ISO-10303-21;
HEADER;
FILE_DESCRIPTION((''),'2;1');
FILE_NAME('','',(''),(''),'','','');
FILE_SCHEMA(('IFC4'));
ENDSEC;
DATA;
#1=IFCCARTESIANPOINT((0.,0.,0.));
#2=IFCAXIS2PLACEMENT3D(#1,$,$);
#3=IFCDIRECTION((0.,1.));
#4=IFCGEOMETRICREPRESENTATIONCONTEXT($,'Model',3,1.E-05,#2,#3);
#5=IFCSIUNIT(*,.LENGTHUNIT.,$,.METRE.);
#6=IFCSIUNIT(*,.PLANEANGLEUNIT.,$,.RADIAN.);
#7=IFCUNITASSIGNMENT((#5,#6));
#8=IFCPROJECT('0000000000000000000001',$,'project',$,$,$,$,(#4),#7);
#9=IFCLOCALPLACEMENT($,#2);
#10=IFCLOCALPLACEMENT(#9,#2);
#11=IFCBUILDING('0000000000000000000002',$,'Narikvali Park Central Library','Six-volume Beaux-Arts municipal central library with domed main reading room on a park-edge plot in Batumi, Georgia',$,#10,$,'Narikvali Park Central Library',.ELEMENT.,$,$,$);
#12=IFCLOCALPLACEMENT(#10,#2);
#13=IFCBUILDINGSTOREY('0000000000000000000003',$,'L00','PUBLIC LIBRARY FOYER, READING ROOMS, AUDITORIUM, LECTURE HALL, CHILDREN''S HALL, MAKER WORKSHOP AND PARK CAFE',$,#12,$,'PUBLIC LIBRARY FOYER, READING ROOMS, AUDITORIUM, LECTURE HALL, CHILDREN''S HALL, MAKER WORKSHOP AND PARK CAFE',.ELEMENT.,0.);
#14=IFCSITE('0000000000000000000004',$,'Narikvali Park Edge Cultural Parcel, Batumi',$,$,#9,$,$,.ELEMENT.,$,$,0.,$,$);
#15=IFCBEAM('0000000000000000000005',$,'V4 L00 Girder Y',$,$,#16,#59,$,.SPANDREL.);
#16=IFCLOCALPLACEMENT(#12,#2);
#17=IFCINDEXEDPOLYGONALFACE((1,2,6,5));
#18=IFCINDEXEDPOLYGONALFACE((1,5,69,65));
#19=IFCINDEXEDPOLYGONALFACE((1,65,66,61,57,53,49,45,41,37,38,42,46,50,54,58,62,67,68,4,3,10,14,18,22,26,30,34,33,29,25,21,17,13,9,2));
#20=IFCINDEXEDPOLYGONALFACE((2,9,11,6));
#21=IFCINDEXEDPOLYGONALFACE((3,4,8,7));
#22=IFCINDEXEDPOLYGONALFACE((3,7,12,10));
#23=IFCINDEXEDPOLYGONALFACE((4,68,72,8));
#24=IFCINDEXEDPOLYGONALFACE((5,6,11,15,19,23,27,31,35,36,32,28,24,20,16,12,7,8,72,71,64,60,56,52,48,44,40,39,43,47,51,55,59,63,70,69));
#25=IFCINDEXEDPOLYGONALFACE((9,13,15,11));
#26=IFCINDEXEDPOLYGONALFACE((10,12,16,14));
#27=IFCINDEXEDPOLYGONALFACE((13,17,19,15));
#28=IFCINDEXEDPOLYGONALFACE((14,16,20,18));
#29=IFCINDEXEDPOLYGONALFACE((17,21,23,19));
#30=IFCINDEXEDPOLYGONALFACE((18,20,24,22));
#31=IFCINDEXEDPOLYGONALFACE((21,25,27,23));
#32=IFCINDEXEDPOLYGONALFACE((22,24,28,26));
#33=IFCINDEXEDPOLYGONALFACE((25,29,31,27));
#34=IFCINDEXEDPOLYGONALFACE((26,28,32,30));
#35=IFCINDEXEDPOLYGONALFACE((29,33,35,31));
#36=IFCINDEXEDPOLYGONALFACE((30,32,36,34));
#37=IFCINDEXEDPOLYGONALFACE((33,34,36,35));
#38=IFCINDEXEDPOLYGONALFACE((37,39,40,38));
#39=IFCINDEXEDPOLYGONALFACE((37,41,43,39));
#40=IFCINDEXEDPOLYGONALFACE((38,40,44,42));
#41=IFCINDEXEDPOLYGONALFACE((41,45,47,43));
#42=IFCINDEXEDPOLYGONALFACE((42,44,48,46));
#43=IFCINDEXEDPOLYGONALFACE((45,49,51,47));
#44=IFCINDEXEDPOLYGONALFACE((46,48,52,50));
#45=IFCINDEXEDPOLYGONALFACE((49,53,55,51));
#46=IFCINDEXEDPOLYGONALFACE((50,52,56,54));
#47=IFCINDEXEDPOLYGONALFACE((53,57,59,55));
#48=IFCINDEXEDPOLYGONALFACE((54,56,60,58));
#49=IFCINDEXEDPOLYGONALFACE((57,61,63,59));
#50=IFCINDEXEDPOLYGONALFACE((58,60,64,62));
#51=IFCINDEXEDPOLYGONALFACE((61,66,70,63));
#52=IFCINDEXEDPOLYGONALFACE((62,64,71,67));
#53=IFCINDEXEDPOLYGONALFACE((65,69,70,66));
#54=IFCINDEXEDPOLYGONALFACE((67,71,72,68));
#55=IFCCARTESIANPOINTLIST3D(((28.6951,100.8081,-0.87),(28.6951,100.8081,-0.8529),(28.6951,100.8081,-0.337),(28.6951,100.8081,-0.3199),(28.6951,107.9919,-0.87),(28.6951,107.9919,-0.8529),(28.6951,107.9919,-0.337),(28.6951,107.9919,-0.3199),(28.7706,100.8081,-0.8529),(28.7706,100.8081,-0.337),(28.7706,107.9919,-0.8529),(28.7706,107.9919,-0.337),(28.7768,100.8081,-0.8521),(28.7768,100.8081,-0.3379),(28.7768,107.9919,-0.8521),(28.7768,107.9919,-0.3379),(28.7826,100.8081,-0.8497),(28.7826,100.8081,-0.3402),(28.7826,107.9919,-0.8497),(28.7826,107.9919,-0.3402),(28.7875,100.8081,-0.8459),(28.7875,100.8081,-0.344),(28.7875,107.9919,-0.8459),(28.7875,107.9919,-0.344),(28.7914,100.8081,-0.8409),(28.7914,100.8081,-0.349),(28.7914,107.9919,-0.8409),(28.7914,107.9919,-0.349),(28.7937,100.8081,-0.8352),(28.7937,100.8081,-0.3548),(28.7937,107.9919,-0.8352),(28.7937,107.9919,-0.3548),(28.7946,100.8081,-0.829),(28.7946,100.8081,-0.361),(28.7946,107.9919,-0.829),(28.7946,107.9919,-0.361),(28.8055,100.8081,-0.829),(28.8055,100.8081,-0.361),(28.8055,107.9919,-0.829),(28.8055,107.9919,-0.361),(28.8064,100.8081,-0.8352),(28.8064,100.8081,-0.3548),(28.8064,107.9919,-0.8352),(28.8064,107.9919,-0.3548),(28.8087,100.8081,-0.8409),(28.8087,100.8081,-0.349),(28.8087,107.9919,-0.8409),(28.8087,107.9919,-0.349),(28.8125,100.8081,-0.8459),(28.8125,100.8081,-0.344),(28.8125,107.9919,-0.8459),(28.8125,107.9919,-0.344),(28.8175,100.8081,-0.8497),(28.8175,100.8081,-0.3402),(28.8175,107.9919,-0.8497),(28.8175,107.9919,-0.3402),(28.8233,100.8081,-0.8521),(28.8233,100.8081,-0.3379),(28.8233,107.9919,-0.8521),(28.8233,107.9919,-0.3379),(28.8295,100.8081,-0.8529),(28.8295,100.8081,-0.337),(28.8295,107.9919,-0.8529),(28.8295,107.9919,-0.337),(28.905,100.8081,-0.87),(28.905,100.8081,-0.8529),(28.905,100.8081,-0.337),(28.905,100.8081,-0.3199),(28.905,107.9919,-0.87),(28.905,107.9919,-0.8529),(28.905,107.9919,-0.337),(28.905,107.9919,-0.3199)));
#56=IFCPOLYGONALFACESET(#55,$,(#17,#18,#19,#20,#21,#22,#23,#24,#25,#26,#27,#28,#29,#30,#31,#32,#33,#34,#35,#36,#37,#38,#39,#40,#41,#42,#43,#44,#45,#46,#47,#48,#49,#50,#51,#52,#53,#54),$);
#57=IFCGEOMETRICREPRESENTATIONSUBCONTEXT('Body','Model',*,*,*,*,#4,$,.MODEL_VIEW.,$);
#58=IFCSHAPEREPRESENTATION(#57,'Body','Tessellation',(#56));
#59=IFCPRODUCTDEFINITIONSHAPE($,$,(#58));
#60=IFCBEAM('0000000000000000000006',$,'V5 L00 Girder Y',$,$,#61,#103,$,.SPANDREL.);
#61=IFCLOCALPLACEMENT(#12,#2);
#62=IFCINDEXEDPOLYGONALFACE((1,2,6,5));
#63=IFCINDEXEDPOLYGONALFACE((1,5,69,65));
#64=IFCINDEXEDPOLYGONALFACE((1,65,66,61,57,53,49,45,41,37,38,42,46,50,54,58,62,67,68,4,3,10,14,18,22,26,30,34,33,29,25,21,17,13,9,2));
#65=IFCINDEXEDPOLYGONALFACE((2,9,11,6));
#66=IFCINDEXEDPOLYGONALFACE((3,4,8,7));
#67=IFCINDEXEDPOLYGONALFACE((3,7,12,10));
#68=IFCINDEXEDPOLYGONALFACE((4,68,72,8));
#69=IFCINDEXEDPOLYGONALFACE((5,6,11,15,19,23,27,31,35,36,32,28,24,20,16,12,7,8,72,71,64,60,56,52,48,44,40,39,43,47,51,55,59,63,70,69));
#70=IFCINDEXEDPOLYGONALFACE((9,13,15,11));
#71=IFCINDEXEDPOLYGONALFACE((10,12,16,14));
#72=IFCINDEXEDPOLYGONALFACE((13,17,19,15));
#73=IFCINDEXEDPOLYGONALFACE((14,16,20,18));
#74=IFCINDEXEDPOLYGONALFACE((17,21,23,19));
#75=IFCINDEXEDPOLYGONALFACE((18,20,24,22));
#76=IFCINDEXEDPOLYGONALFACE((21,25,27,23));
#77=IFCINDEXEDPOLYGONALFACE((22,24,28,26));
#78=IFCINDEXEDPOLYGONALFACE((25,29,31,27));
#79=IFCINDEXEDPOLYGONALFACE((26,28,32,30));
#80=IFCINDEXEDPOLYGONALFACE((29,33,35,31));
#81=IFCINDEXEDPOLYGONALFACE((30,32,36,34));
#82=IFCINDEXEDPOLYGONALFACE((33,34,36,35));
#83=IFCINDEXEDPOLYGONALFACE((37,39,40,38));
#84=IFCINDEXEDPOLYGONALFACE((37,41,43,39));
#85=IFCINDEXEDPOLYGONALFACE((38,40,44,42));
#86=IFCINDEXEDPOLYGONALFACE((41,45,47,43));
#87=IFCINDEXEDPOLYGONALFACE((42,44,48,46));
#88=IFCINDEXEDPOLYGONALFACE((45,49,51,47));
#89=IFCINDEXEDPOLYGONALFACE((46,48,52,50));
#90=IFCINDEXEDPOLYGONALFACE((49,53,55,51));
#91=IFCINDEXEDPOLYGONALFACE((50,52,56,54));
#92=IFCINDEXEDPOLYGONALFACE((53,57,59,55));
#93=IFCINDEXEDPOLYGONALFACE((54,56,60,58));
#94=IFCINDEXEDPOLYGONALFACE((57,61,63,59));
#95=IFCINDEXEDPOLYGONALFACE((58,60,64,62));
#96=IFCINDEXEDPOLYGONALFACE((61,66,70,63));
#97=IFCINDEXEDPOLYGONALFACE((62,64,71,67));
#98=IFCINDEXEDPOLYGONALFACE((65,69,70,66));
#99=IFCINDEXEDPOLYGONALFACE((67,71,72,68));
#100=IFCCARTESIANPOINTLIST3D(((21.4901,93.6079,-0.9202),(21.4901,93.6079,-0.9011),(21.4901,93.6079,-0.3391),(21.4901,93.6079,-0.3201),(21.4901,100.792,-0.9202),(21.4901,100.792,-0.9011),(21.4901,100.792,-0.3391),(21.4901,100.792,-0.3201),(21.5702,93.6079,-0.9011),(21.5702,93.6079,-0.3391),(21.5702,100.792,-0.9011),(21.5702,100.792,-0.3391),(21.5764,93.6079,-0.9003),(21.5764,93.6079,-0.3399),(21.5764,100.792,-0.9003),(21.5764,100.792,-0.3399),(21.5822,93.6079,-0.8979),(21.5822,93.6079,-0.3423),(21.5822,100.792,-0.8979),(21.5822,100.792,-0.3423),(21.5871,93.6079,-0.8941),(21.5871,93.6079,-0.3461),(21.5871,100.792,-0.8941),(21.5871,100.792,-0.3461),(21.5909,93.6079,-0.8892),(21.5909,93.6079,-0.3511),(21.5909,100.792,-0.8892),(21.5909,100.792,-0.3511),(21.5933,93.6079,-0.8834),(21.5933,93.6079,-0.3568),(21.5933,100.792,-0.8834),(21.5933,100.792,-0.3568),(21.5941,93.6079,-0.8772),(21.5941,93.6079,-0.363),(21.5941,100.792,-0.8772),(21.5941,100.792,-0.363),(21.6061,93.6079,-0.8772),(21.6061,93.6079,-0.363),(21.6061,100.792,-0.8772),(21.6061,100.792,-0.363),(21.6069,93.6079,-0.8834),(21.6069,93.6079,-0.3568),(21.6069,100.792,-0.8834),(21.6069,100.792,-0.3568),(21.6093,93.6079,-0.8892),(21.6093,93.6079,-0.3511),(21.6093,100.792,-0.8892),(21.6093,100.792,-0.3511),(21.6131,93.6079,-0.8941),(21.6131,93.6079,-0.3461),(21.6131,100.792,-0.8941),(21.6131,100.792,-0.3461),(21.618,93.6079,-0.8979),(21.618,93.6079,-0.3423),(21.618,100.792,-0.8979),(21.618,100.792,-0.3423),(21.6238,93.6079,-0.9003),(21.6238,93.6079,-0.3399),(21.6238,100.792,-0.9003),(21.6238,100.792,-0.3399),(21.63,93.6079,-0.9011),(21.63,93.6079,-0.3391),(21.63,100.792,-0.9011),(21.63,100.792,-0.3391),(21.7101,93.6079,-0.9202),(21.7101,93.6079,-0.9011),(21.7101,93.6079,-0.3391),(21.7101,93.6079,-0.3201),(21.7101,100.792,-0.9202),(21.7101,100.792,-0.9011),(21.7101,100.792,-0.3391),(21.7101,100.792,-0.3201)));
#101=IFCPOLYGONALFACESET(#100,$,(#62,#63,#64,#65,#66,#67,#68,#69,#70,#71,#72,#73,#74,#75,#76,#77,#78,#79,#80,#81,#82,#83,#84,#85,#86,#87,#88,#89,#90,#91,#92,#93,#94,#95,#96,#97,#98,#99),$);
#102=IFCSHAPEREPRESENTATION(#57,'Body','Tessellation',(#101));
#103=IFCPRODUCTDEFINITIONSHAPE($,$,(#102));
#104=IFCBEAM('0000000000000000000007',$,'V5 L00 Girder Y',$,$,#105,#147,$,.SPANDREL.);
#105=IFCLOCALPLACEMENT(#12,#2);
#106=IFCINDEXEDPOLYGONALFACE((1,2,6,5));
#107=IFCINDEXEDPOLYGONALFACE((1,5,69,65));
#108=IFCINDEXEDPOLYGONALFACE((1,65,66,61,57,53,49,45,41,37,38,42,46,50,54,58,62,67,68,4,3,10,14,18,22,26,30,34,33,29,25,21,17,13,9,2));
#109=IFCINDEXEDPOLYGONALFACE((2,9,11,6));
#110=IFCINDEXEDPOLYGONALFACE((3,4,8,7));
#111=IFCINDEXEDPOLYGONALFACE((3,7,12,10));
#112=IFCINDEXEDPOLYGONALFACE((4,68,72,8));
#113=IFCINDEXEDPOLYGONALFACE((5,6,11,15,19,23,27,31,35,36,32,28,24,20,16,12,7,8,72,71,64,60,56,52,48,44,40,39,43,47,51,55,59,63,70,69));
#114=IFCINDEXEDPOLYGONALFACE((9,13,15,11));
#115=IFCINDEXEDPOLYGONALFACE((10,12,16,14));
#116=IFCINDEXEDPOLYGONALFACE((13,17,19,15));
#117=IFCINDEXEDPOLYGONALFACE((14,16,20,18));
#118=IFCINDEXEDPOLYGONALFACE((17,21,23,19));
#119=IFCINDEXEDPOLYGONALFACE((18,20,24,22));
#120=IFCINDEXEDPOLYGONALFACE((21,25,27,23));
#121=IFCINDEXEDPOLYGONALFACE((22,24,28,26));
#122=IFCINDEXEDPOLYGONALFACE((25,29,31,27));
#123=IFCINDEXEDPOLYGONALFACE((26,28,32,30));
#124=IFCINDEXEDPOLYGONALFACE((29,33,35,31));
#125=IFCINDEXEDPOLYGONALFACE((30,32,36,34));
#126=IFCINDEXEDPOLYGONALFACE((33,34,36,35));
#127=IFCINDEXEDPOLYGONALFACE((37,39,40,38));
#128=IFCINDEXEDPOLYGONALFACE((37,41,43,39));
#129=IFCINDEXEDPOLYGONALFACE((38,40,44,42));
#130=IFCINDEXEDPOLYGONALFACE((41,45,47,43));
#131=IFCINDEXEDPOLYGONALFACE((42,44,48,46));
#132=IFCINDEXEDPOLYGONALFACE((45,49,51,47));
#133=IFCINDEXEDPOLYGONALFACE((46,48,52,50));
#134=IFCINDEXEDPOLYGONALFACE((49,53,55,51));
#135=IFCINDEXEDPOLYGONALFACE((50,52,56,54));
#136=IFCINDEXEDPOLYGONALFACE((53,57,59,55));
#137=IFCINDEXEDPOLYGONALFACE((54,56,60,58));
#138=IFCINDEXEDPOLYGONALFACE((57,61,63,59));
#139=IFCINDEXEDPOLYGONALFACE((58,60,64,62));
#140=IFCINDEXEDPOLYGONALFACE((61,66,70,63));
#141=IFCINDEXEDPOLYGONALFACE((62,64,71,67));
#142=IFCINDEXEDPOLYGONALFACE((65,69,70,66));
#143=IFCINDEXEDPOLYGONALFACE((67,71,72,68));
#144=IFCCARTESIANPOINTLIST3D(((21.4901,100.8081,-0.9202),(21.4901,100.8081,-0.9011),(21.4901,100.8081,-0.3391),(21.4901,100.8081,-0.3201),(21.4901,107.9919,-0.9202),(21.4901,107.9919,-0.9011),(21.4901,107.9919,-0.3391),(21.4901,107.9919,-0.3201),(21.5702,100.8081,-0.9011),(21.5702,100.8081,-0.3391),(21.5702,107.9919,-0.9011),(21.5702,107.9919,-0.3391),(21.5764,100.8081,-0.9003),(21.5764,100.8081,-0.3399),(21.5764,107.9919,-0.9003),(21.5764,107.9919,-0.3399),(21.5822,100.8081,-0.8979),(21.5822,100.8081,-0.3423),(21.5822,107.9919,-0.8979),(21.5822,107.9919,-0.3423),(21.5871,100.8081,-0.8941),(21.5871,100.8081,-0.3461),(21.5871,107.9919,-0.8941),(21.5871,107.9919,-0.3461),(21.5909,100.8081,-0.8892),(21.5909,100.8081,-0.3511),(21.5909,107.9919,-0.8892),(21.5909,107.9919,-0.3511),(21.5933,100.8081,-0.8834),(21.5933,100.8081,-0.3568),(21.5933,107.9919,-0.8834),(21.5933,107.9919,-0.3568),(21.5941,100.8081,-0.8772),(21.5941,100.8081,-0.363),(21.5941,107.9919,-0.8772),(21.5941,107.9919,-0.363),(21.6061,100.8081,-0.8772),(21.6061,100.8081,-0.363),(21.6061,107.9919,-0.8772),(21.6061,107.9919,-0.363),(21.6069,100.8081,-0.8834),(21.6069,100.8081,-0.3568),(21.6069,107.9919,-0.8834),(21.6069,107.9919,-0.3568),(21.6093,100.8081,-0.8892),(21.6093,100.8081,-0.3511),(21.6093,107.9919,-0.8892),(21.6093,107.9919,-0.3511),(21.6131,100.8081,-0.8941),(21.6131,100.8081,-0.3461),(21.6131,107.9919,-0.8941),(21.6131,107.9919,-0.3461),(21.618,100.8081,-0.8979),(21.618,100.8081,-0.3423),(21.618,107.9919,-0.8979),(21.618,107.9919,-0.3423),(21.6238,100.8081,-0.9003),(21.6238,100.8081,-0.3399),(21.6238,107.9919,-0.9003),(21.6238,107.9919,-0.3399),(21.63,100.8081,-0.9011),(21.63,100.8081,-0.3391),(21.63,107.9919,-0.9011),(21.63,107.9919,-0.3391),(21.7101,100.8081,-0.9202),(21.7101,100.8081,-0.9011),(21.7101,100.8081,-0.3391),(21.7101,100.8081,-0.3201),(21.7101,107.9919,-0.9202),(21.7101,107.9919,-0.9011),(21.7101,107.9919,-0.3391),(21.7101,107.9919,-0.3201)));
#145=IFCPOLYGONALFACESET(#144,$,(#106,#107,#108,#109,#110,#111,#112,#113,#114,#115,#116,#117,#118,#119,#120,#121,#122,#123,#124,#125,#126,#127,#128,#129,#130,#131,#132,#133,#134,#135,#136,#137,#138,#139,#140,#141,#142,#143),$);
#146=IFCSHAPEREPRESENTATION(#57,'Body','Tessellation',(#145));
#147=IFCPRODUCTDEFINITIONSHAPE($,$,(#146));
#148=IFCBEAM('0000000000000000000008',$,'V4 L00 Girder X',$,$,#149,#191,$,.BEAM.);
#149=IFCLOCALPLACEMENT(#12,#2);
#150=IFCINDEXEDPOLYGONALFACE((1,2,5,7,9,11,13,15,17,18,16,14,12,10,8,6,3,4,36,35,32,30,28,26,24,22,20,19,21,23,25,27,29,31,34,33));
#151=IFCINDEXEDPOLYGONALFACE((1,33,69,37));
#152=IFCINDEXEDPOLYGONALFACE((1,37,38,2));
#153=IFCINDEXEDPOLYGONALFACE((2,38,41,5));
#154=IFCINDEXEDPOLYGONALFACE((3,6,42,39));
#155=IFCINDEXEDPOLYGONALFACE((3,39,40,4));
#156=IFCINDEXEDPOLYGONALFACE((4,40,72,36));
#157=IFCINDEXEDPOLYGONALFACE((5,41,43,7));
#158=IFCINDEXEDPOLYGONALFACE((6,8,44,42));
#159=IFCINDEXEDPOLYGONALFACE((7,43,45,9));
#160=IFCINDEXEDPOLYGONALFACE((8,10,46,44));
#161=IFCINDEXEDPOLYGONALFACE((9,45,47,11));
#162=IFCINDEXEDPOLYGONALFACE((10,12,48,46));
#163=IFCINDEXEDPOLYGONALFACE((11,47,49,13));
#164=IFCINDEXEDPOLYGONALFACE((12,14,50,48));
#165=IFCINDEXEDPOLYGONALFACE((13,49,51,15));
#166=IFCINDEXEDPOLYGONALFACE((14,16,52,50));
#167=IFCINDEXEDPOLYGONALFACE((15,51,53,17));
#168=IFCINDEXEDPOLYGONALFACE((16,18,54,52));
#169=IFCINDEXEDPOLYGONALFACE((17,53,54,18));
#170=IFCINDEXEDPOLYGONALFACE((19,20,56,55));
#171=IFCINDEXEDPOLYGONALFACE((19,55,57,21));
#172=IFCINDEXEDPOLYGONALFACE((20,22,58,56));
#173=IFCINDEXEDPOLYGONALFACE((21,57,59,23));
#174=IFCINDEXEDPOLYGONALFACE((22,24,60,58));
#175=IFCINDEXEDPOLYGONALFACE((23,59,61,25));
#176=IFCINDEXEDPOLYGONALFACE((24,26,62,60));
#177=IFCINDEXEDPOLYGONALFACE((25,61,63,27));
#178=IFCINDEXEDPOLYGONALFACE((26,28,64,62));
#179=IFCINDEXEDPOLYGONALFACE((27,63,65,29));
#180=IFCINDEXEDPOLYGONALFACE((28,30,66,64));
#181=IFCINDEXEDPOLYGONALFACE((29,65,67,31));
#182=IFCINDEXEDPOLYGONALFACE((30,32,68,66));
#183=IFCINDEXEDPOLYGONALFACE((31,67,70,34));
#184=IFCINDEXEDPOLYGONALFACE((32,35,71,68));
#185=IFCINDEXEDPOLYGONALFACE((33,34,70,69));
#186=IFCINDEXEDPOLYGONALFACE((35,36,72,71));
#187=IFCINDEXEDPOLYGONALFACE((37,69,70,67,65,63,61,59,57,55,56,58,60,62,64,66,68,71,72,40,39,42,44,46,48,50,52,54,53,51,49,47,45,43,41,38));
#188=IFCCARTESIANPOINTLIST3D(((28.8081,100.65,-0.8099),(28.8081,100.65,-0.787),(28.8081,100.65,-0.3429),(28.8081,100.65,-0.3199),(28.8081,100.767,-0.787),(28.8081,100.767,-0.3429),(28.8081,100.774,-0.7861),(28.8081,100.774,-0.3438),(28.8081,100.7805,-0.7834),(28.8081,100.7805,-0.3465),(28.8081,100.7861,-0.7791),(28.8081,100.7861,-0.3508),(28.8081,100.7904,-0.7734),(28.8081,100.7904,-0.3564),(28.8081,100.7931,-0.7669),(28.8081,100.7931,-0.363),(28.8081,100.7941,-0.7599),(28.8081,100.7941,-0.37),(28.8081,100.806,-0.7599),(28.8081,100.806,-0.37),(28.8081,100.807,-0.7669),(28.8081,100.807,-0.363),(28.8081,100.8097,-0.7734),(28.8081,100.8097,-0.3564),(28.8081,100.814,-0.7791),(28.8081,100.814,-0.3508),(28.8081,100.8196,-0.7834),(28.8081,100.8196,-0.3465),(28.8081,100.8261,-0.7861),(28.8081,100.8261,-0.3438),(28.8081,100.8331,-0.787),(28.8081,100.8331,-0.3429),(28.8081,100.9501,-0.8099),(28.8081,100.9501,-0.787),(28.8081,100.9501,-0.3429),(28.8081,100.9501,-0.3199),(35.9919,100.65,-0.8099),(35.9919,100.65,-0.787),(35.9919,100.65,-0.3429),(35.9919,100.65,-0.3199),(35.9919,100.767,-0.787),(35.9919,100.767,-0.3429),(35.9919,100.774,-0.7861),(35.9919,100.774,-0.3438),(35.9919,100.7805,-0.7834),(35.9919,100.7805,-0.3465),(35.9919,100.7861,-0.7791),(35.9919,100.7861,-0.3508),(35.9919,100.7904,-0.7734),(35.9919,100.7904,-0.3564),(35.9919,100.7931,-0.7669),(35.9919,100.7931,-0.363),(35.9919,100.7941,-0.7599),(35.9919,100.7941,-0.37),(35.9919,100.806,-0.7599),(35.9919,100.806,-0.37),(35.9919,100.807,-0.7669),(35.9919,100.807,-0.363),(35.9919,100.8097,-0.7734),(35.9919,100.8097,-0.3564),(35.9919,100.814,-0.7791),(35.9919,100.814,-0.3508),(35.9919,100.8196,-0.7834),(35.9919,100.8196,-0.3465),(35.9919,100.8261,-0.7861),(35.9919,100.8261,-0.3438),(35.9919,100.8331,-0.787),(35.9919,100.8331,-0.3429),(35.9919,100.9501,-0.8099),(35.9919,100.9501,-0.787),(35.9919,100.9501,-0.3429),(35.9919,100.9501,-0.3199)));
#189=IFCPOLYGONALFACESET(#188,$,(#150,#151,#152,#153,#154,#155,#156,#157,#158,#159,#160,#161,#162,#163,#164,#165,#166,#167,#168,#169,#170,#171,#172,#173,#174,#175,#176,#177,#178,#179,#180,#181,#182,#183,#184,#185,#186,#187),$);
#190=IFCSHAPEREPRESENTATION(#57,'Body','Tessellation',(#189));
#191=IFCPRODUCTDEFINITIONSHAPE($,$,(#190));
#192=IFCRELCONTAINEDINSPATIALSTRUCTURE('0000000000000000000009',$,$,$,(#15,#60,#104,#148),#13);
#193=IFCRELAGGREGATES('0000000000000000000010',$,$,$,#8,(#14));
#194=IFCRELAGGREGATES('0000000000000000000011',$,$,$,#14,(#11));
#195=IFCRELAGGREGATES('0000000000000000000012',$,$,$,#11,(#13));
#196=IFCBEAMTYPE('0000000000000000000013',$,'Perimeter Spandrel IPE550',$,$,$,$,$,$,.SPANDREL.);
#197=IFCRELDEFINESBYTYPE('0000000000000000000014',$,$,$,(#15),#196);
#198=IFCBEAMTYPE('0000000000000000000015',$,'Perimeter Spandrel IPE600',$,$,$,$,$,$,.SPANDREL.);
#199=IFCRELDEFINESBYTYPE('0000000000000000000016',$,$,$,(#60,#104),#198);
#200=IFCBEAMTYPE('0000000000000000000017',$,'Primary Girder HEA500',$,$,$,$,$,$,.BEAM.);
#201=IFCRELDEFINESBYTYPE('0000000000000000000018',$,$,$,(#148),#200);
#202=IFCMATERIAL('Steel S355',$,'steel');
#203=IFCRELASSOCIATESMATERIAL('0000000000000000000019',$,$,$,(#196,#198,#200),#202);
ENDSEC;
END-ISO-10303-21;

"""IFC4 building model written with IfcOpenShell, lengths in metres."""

from ifc_helpers import new_model, si_unit, direction, frame, origin, origin_2d, place, context, subcontext, project, spatial, i_section, extrude, material, material_profile, profile_set, type_object, element, save


model = new_model("IFC4")

# Units and contexts
model_context = context("Model", 3, precision=1e-05, world=origin(), true_north=direction((0.0, 1.0)))
body_context = subcontext(model_context, "Body", "Model", "MODEL_VIEW")
ifc_project = project(units=[si_unit("LENGTHUNIT", "METRE"), si_unit("PLANEANGLEUNIT", "RADIAN")], contexts=[model_context])

# Site, building, storey
site_placement = place(None, origin())
site = spatial("IfcSite", under=ifc_project, at=site_placement, Name="Narikvali Park Edge Cultural Parcel, Batumi", CompositionType="ELEMENT", RefElevation=0.0)
building_placement = place(site_placement, origin())
building = spatial("IfcBuilding", under=site, at=building_placement, Name="Narikvali Park Central Library", Description="Six-volume Beaux-Arts municipal central library with domed main reading room on a park-edge plot in Batumi, Georgia", LongName="Narikvali Park Central Library", CompositionType="ELEMENT")
storey_placement = place(building_placement, origin())
storey = spatial("IfcBuildingStorey", under=building, at=storey_placement, Name="L00", Description="PUBLIC LIBRARY FOYER, READING ROOMS, AUDITORIUM, LECTURE HALL, CHILDREN'S HALL, MAKER WORKSHOP AND PARK CAFE", LongName="PUBLIC LIBRARY FOYER, READING ROOMS, AUDITORIUM, LECTURE HALL, CHILDREN'S HALL, MAKER WORKSHOP AND PARK CAFE", CompositionType="ELEMENT", Elevation=0.0)

# Shared definitions
ifc_material_1 = material(Name="Steel S355", Category="steel")

# Beams
ifc_material_profile_1 = material_profile(ifc_material_1, i_section(OverallWidth=0.21, OverallDepth=0.55, WebThickness=0.011, FlangeThickness=0.0171, FilletRadius=0.0239, at=origin_2d()), Name="IPE 550")
ifc_profile_set_1 = profile_set([ifc_material_profile_1], Name="Steel S355")
beam_type_1 = type_object("IfcBeamType", Name="Perimeter Spandrel IPE550", PredefinedType="SPANDREL", material=ifc_profile_set_1)
beam_1_placement = place(storey_placement, frame((28.8, 100.8081, -0.595), z_axis=(0.0, 1.0, 0.0), x_axis=(-1.0, 0.0, 0.0)))
element("IfcBeam", 1, at=beam_1_placement, inside=storey, type_object=beam_type_1, Name="V4 L00 Girder Y", PredefinedType="SPANDREL", context=body_context, shape_type="SweptSolid", body=[
    extrude(i_section(OverallWidth=0.21, OverallDepth=0.55, WebThickness=0.011, FlangeThickness=0.0171, FilletRadius=0.0239, at=origin_2d()), origin(), (0.0, 0.0, 1.0), 7.1838),
])
ifc_material_profile_2 = material_profile(ifc_material_1, i_section(OverallWidth=0.22, OverallDepth=0.6001, WebThickness=0.012, FlangeThickness=0.019, FilletRadius=0.0239, at=origin_2d()), Name="IPE 600")
ifc_profile_set_2 = profile_set([ifc_material_profile_2], Name="Steel S355")
beam_type_2 = type_object("IfcBeamType", Name="Perimeter Spandrel IPE600", PredefinedType="SPANDREL", material=ifc_profile_set_2)
beam_2_placement = place(storey_placement, frame((21.6001, 93.6079, -0.6201), z_axis=(0.0, 1.0, 0.0), x_axis=(-1.0, 0.0, 0.0)))
element("IfcBeam", 2, at=beam_2_placement, inside=storey, type_object=beam_type_2, Name="V5 L00 Girder Y", PredefinedType="SPANDREL", context=body_context, shape_type="SweptSolid", body=[
    extrude(i_section(OverallWidth=0.22, OverallDepth=0.6001, WebThickness=0.012, FlangeThickness=0.019, FilletRadius=0.0239, at=origin_2d()), origin(), (0.0, 0.0, 1.0), 7.1841),
])
beam_3_placement = place(storey_placement, frame((21.6001, 100.8081, -0.6201), z_axis=(0.0, 1.0, 0.0), x_axis=(-1.0, 0.0, 0.0)))
element("IfcBeam", 3, at=beam_3_placement, inside=storey, type_object=beam_type_2, Name="V5 L00 Girder Y", PredefinedType="SPANDREL", context=body_context, shape_type="SweptSolid", body=[
    extrude(i_section(OverallWidth=0.22, OverallDepth=0.6001, WebThickness=0.012, FlangeThickness=0.019, FilletRadius=0.0239, at=origin_2d()), origin(), (0.0, 0.0, 1.0), 7.1838),
])
ifc_material_profile_3 = material_profile(ifc_material_1, i_section(OverallWidth=0.3, OverallDepth=0.49, WebThickness=0.012, FlangeThickness=0.0229, FilletRadius=0.0271, at=origin_2d()), Name="HEA 500")
ifc_profile_set_3 = profile_set([ifc_material_profile_3], Name="Steel S355")
beam_type_3 = type_object("IfcBeamType", Name="Primary Girder HEA500", PredefinedType="BEAM", material=ifc_profile_set_3)
beam_4_placement = place(storey_placement, frame((28.8081, 100.8, -0.5649), z_axis=(1.0, 0.0, 0.0), x_axis=(0.0, 1.0, 0.0)))
element("IfcBeam", 4, at=beam_4_placement, inside=storey, type_object=beam_type_3, Name="V4 L00 Girder X", PredefinedType="BEAM", context=body_context, shape_type="SweptSolid", body=[
    extrude(i_section(OverallWidth=0.3, OverallDepth=0.49, WebThickness=0.012, FlangeThickness=0.0229, FilletRadius=0.0271, at=origin_2d()), origin(), (0.0, 0.0, 1.0), 7.1838),
])

save(model, "model.ifc")
